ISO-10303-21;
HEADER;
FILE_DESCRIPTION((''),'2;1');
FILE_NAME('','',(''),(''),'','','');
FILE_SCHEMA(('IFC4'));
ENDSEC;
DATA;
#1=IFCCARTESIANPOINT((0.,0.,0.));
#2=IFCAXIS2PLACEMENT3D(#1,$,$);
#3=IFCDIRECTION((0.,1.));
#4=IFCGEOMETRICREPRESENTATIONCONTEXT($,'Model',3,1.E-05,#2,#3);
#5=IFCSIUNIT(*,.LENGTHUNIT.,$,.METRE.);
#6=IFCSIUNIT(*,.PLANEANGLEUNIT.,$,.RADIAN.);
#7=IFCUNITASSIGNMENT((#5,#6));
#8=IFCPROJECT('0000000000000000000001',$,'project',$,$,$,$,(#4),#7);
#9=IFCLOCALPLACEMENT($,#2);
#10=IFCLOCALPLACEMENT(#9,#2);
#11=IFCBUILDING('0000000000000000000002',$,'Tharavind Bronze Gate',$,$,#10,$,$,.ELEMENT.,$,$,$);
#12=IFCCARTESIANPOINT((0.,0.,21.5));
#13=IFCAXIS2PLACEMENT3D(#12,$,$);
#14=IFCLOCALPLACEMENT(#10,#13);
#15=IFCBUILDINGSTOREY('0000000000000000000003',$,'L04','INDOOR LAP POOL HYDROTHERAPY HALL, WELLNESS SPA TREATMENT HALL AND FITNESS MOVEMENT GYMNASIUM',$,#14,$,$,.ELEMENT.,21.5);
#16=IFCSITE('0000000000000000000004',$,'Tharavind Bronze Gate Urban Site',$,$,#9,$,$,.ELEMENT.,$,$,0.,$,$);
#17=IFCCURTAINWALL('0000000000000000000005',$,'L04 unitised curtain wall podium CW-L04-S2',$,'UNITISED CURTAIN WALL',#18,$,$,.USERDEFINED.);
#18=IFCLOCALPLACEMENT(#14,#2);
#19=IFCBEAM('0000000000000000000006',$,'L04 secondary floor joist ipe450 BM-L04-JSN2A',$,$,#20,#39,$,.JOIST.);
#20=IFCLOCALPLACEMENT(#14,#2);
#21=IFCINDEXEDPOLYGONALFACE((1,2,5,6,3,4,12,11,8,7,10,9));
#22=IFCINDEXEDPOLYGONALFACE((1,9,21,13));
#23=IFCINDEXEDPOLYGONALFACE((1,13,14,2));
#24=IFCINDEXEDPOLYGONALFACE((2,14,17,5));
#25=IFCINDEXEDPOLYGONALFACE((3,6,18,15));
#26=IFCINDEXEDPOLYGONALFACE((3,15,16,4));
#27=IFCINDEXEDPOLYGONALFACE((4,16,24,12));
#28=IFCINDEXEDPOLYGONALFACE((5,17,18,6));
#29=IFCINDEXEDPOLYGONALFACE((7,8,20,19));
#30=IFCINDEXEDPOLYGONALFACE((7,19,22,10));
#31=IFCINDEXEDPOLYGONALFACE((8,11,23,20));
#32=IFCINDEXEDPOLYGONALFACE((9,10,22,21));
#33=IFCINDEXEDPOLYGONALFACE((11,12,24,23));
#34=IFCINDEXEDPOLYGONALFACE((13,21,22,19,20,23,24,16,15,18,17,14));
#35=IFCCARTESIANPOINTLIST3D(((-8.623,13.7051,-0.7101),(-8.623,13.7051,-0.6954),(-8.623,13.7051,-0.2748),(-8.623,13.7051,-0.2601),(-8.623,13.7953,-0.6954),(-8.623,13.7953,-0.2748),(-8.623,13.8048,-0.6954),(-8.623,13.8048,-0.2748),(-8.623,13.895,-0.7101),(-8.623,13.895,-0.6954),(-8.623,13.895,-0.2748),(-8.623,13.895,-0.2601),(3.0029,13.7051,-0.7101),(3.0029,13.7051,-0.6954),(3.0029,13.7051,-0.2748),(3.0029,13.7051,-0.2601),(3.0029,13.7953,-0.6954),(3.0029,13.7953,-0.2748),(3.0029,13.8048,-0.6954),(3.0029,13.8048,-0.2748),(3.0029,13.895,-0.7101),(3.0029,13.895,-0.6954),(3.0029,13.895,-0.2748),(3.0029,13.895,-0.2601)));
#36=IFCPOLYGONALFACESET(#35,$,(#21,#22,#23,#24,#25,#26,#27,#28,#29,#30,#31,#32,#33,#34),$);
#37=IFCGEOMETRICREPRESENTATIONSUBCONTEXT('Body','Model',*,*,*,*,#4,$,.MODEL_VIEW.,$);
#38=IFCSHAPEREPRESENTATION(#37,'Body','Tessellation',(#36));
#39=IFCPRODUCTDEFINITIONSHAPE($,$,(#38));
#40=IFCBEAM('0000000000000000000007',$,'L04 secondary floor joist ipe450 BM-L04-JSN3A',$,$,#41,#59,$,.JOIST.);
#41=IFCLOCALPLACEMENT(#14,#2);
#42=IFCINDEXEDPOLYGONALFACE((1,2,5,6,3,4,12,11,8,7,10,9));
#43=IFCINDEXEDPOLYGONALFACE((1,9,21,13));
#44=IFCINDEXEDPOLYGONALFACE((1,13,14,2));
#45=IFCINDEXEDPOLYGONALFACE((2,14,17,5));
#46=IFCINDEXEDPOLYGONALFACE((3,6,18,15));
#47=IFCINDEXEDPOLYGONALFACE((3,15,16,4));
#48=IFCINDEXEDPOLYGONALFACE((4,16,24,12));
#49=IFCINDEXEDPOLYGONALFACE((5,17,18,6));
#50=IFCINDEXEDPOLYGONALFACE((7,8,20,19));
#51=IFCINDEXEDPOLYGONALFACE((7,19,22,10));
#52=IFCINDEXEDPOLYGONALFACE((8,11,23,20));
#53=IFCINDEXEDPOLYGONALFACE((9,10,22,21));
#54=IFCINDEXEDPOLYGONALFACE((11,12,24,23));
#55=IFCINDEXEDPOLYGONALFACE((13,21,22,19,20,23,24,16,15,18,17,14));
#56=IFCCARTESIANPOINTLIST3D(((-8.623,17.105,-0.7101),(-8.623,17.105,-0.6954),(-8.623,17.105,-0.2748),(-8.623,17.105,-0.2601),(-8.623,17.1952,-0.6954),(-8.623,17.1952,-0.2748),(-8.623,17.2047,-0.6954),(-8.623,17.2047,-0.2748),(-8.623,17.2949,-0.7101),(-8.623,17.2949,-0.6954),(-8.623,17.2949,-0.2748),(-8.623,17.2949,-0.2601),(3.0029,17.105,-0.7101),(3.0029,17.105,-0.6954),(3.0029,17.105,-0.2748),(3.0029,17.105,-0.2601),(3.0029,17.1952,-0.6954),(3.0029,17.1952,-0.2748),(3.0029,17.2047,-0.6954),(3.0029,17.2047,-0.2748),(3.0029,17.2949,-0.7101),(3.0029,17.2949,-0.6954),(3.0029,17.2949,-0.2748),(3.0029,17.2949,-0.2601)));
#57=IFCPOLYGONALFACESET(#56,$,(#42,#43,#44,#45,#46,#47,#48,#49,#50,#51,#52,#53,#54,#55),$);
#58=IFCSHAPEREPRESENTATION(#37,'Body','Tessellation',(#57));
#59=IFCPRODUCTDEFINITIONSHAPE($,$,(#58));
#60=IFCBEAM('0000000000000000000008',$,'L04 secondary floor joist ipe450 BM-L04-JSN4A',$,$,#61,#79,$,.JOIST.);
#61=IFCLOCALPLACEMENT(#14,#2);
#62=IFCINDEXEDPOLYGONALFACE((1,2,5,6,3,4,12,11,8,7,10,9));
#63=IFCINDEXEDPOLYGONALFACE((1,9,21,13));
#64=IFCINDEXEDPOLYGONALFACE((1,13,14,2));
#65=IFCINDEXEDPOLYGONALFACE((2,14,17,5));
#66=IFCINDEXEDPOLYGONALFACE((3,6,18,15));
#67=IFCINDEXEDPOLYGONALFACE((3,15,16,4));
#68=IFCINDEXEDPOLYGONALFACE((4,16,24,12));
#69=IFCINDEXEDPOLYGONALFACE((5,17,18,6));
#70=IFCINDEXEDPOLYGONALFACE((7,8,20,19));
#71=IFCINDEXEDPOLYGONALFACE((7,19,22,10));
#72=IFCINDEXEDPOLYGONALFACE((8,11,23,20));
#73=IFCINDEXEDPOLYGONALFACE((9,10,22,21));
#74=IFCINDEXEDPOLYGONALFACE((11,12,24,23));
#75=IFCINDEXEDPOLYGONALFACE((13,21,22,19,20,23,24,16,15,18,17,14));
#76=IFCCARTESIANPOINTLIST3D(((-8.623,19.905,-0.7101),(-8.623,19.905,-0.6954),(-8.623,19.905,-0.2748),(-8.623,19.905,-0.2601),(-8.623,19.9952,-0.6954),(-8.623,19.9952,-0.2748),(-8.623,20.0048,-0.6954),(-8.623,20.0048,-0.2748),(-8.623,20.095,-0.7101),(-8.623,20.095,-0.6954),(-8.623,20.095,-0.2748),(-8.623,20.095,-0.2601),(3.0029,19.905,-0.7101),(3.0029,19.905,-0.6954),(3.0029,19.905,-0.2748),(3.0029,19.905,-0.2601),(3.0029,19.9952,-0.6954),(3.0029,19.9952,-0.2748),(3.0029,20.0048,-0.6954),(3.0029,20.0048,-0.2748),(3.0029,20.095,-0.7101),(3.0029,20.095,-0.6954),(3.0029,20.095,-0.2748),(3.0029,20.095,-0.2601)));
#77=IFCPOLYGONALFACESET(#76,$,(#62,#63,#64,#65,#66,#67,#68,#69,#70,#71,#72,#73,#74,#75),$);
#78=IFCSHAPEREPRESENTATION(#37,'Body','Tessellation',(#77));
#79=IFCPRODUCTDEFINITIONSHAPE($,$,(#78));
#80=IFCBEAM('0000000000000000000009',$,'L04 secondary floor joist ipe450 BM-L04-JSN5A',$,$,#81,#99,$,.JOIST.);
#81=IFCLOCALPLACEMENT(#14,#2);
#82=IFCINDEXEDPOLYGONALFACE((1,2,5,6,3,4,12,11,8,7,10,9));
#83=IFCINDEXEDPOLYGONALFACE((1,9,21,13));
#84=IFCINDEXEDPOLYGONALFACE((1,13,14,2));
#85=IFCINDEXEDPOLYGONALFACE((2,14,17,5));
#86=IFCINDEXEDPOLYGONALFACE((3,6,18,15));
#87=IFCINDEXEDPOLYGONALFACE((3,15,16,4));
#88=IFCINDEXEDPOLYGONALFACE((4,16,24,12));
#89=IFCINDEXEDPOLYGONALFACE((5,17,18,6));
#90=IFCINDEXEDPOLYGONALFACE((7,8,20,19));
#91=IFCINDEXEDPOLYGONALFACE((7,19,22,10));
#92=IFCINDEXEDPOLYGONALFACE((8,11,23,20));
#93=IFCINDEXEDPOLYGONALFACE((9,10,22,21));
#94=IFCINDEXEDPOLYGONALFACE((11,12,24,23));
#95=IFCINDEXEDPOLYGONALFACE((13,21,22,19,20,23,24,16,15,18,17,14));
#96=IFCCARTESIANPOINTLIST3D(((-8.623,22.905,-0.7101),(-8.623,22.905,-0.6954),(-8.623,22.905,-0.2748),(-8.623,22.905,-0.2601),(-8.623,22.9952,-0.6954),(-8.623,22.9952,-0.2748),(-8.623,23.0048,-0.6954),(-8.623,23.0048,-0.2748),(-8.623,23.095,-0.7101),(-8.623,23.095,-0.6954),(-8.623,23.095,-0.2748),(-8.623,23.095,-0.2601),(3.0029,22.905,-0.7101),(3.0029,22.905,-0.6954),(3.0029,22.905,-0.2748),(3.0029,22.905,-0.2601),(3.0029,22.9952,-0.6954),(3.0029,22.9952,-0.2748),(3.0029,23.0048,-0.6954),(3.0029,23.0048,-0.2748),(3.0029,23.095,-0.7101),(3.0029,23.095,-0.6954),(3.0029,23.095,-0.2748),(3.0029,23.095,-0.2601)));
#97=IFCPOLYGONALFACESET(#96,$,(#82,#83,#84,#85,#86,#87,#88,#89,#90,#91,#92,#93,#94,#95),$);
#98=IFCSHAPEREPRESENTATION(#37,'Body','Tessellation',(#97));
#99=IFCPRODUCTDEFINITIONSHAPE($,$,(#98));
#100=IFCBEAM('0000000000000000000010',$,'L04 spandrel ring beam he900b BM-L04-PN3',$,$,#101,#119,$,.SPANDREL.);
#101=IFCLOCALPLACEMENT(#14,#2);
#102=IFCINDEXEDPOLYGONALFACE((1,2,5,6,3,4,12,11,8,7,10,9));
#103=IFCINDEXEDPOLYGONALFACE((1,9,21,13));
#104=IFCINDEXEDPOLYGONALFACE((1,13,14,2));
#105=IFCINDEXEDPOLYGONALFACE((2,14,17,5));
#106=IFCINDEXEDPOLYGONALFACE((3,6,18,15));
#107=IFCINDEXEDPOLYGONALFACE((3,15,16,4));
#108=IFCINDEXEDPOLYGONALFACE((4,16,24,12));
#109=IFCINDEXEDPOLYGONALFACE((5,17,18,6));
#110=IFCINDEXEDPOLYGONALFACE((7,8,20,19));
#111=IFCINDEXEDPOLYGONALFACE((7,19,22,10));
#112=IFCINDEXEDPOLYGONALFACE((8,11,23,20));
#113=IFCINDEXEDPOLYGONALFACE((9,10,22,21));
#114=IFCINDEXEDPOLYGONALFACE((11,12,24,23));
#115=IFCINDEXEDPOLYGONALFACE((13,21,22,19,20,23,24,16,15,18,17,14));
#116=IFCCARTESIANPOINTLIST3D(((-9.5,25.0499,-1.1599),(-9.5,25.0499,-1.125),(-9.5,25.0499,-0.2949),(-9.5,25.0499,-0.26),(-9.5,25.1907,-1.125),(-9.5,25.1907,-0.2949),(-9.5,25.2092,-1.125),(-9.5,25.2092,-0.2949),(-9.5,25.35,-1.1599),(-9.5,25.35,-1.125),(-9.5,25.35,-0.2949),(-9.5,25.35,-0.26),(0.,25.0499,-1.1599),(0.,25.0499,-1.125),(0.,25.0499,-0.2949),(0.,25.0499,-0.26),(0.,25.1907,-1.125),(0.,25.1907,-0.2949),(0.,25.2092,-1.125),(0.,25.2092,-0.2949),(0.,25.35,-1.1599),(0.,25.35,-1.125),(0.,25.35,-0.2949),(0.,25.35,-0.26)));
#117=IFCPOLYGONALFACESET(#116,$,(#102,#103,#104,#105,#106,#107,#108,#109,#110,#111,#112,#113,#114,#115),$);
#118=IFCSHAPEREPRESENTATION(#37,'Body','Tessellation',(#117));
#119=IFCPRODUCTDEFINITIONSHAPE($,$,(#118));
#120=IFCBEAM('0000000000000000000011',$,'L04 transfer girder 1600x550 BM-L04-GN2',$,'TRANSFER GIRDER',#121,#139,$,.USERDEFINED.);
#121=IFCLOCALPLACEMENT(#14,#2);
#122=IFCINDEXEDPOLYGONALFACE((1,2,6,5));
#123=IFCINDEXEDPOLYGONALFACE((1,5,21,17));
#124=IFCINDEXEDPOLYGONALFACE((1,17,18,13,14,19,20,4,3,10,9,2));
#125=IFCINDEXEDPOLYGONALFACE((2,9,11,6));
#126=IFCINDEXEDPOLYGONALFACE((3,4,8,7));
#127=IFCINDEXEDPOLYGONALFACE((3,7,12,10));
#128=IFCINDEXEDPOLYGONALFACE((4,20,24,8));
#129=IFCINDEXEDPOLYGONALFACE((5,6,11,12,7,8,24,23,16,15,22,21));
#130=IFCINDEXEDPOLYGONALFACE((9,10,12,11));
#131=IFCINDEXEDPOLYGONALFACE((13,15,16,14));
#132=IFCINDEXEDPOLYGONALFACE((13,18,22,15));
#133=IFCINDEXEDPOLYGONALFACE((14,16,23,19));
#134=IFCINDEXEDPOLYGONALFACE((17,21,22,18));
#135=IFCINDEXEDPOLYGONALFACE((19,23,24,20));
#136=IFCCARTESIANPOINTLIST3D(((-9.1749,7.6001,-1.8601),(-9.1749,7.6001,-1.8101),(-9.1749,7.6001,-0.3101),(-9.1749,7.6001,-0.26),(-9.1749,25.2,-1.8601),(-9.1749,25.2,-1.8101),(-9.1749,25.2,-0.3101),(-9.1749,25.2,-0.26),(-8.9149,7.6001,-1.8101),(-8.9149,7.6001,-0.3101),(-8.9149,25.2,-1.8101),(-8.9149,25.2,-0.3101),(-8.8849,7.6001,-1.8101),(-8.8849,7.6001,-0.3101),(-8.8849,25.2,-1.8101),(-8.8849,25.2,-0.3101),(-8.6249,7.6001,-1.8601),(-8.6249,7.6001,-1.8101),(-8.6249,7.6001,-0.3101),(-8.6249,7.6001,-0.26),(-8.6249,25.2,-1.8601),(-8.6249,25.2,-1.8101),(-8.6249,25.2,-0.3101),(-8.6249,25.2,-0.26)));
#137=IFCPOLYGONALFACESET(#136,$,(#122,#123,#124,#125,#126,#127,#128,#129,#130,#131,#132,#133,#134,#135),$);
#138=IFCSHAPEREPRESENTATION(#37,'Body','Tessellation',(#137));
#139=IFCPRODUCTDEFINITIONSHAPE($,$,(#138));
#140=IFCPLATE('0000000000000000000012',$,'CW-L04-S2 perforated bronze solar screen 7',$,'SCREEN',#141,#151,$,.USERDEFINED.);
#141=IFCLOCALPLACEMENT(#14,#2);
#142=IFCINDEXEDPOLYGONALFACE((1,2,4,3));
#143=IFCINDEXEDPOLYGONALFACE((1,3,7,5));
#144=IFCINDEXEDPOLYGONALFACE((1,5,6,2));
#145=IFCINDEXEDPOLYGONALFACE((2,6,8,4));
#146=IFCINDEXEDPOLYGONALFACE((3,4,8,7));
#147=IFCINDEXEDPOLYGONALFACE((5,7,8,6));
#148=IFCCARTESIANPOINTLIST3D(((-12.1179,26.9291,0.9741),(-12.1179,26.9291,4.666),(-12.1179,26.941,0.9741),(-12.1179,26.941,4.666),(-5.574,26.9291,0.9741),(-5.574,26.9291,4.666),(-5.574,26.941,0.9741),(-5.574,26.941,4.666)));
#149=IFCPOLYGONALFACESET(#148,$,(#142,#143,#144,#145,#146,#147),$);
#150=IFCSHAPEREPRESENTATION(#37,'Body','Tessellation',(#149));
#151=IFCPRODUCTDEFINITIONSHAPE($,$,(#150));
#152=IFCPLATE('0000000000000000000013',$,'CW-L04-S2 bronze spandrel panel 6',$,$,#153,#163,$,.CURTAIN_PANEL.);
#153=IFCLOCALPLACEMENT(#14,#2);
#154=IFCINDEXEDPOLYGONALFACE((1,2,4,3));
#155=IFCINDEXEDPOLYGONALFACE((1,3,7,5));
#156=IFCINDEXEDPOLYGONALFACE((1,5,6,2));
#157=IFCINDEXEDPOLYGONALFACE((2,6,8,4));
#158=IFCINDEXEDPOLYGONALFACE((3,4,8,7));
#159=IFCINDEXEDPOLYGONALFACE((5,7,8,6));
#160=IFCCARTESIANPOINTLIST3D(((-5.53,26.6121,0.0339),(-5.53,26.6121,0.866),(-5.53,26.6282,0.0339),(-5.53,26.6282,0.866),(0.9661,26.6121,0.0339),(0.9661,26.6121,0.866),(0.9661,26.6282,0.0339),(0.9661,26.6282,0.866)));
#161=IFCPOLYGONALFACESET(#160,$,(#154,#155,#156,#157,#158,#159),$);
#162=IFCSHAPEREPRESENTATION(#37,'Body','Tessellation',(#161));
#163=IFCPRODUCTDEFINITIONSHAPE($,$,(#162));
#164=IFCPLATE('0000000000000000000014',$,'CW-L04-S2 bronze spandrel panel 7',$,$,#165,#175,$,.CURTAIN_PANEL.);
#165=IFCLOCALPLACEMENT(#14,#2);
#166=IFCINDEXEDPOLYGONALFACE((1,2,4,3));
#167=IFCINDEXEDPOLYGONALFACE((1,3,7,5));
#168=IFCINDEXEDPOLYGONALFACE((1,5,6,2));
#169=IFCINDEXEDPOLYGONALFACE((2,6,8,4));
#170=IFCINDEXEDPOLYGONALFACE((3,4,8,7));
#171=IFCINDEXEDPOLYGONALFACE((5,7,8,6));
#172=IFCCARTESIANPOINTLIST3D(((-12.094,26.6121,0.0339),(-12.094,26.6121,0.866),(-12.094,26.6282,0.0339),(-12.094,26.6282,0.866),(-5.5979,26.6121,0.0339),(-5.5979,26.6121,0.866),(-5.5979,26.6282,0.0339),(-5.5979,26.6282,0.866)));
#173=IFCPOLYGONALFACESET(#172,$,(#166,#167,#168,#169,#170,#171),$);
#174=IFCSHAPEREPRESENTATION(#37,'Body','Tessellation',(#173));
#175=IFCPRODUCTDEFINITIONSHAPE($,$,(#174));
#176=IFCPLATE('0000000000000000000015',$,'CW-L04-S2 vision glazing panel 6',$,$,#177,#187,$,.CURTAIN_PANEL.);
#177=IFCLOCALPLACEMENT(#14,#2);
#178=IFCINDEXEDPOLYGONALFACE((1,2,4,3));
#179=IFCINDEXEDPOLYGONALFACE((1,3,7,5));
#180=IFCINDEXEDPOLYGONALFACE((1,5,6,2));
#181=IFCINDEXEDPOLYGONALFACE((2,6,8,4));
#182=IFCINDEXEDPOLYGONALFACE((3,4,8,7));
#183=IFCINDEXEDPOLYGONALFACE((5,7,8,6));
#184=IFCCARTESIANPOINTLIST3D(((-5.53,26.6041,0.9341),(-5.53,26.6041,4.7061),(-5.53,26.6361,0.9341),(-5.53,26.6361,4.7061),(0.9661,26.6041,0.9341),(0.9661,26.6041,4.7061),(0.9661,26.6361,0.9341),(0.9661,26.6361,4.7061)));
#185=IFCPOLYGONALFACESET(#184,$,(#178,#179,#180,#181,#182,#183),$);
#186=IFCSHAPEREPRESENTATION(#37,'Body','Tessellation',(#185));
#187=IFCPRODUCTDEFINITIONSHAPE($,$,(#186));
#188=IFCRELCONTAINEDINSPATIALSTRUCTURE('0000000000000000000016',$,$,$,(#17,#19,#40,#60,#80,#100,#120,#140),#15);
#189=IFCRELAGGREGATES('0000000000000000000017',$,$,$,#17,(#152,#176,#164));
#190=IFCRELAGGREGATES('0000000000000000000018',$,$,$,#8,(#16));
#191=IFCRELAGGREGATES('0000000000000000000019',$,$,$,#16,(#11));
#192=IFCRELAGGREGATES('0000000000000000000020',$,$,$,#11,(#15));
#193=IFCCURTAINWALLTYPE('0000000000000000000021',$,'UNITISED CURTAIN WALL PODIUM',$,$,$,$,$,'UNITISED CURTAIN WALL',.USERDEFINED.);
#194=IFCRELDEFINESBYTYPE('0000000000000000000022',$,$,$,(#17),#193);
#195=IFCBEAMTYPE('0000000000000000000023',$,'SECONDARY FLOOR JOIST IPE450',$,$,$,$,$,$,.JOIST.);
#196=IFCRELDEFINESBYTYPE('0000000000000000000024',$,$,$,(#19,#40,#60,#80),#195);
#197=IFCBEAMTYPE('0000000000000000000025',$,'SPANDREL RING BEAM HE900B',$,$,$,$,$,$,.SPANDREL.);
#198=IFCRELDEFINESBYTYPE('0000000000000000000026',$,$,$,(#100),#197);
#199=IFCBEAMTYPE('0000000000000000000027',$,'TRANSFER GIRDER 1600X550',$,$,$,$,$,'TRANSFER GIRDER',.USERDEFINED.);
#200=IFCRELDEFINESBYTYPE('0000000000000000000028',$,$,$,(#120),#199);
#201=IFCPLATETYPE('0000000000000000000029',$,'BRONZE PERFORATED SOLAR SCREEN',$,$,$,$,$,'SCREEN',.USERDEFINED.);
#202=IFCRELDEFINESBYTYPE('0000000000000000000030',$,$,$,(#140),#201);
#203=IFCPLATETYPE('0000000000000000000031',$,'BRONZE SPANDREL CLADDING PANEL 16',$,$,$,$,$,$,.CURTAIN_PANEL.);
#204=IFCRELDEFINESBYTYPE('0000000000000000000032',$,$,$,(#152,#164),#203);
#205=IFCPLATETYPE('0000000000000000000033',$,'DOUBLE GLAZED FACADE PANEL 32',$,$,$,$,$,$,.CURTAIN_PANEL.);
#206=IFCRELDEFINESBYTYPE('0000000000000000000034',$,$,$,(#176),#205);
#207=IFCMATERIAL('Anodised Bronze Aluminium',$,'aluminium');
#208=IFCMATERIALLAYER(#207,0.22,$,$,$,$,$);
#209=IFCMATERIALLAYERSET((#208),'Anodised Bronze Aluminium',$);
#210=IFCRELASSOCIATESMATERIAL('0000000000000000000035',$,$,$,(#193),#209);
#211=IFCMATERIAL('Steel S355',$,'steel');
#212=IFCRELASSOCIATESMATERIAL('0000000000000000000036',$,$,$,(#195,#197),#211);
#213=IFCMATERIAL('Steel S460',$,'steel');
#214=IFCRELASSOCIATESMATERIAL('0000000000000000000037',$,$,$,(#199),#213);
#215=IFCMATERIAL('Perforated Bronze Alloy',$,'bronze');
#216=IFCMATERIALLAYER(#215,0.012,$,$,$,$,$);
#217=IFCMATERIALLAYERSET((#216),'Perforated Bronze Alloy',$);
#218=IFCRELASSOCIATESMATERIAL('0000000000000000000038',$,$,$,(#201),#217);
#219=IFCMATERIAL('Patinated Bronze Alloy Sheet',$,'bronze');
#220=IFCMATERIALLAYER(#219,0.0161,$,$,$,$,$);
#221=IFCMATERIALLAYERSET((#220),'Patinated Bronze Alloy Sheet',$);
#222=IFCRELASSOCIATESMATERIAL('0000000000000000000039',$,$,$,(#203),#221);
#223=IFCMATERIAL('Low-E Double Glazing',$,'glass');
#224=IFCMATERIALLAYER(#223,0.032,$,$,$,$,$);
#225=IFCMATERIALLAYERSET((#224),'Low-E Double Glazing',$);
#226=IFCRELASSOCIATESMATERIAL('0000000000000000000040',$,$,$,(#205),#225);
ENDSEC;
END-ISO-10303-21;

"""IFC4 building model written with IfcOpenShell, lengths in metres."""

from ifc_helpers import new_model, si_unit, direction, frame, origin, origin_2d, place, context, subcontext, project, spatial, rectangle, i_section, extrude, material, layer, layer_set, material_profile, profile_set, type_object, element, aggregate, save


model = new_model("IFC4")

# Units and contexts
model_context = context("Model", 3, precision=1e-05, world=origin(), true_north=direction((0.0, 1.0)))
body_context = subcontext(model_context, "Body", "Model", "MODEL_VIEW")
ifc_project = project(units=[si_unit("LENGTHUNIT", "METRE"), si_unit("PLANEANGLEUNIT", "RADIAN")], contexts=[model_context])

# Site, building, storey
site_placement = place(None, origin())
site = spatial("IfcSite", under=ifc_project, at=site_placement, Name="Tharavind Bronze Gate Urban Site", CompositionType="ELEMENT", RefElevation=0.0)
building_placement = place(site_placement, origin())
building = spatial("IfcBuilding", under=site, at=building_placement, Name="Tharavind Bronze Gate", CompositionType="ELEMENT")
storey_placement = place(building_placement, frame((0.0, 0.0, 21.5)))
storey = spatial("IfcBuildingStorey", under=building, at=storey_placement, Name="L04", Description="INDOOR LAP POOL HYDROTHERAPY HALL, WELLNESS SPA TREATMENT HALL AND FITNESS MOVEMENT GYMNASIUM", CompositionType="ELEMENT", Elevation=21.5)

# Shared definitions
ifc_material_1 = material(Name="Steel S460", Category="steel")

# Curtain wall
ifc_material_2 = material(Name="Anodised Bronze Aluminium", Category="aluminium")
ifc_layer_1 = layer(ifc_material_2, 0.22)
ifc_layer_set_1 = layer_set([ifc_layer_1], Name="Anodised Bronze Aluminium")
curtain_wall_type = type_object("IfcCurtainWallType", Name="UNITISED CURTAIN WALL PODIUM", ElementType="UNITISED CURTAIN WALL", PredefinedType="USERDEFINED", material=ifc_layer_set_1)
curtain_wall_placement = place(storey_placement, origin())
curtain_wall = element("IfcCurtainWall", 1, at=curtain_wall_placement, inside=storey, type_object=curtain_wall_type, Name="L04 unitised curtain wall podium CW-L04-S2", ObjectType="UNITISED CURTAIN WALL", PredefinedType="USERDEFINED")

# Beams
ifc_material_3 = material(Name="Steel S355", Category="steel")
ifc_material_profile_1 = material_profile(ifc_material_3, i_section(OverallWidth=0.1899, OverallDepth=0.45, WebThickness=0.0095, FlangeThickness=0.0146, at=origin_2d()), Name="IPE450")
ifc_profile_set_1 = profile_set([ifc_material_profile_1], Name="Steel S355")
beam_type_1 = type_object("IfcBeamType", Name="SECONDARY FLOOR JOIST IPE450", PredefinedType="JOIST", material=ifc_profile_set_1)
for number, where, z_axis, x_axis, name in (
    (2, (-8.623, 13.8, -0.4851), (1.0, 0.0, 0.0), (0.0, 1.0, 0.0), "L04 secondary floor joist ipe450 BM-L04-JSN2A"),
    (3, (-8.623, 17.2, -0.4851), (1.0, 0.0, 0.0), (0.0, 1.0, 0.0), "L04 secondary floor joist ipe450 BM-L04-JSN3A"),
    (4, (-8.623, 20.0, -0.4851), (1.0, 0.0, 0.0), (0.0, 1.0, 0.0), "L04 secondary floor joist ipe450 BM-L04-JSN4A"),
    (5, (-8.623, 23.0, -0.4851), (1.0, 0.0, 0.0), (0.0, 1.0, 0.0), "L04 secondary floor joist ipe450 BM-L04-JSN5A"),
):
    element("IfcBeam", number, at=place(storey_placement, frame(where, z_axis=z_axis, x_axis=x_axis)), inside=storey, type_object=beam_type_1, Name=name, PredefinedType="JOIST", context=body_context, shape_type="SweptSolid", body=[
        extrude(i_section(OverallWidth=0.1899, OverallDepth=0.45, WebThickness=0.0095, FlangeThickness=0.0146, at=origin_2d()), origin(), (0.0, 0.0, 1.0), 11.626),
    ])
ifc_material_profile_2 = material_profile(ifc_material_3, i_section(OverallWidth=0.3, OverallDepth=0.8999, WebThickness=0.0186, FlangeThickness=0.0349, at=origin_2d()), Name="HE900B")
ifc_profile_set_2 = profile_set([ifc_material_profile_2], Name="Steel S355")
beam_type_2 = type_object("IfcBeamType", Name="SPANDREL RING BEAM HE900B", PredefinedType="SPANDREL", material=ifc_profile_set_2)
beam_1_placement = place(storey_placement, frame((-9.5, 25.2, -0.71), z_axis=(1.0, 0.0, 0.0), x_axis=(0.0, 1.0, 0.0)))
element("IfcBeam", 6, at=beam_1_placement, inside=storey, type_object=beam_type_2, Name="L04 spandrel ring beam he900b BM-L04-PN3", PredefinedType="SPANDREL", context=body_context, shape_type="SweptSolid", body=[
    extrude(i_section(OverallWidth=0.3, OverallDepth=0.8999, WebThickness=0.0186, FlangeThickness=0.0349, at=origin_2d()), origin(), (0.0, 0.0, 1.0), 9.5),
])
ifc_material_profile_3 = material_profile(ifc_material_1, i_section(OverallWidth=0.55, OverallDepth=1.6001, WebThickness=0.03, FlangeThickness=0.05, at=origin_2d()), Name="PG1600X550")
ifc_profile_set_3 = profile_set([ifc_material_profile_3], Name="Steel S460")
beam_type_3 = type_object("IfcBeamType", Name="TRANSFER GIRDER 1600X550", ElementType="TRANSFER GIRDER", PredefinedType="USERDEFINED", material=ifc_profile_set_3)
beam_2_placement = place(storey_placement, frame((-8.8999, 25.2, -1.0601), z_axis=(0.0, -1.0, 0.0), x_axis=(1.0, 0.0, 0.0)))
element("IfcBeam", 7, at=beam_2_placement, inside=storey, type_object=beam_type_3, Name="L04 transfer girder 1600x550 BM-L04-GN2", ObjectType="TRANSFER GIRDER", PredefinedType="USERDEFINED", context=body_context, shape_type="SweptSolid", body=[
    extrude(i_section(OverallWidth=0.55, OverallDepth=1.6001, WebThickness=0.03, FlangeThickness=0.05, at=origin_2d()), origin(), (0.0, 0.0, 1.0), 17.5999),
])

# Plates
ifc_material_4 = material(Name="Perforated Bronze Alloy", Category="bronze")
ifc_layer_2 = layer(ifc_material_4, 0.012)
ifc_layer_set_2 = layer_set([ifc_layer_2], Name="Perforated Bronze Alloy")
plate_type_1 = type_object("IfcPlateType", Name="BRONZE PERFORATED SOLAR SCREEN", ElementType="SCREEN", PredefinedType="USERDEFINED", material=ifc_layer_set_2)
plate_1_placement = place(storey_placement, frame((-8.8459, 26.9351, 0.9741), z_axis=(0.0, 0.0, 1.0), x_axis=(-1.0, 0.0, 0.0)))
element("IfcPlate", 8, at=plate_1_placement, inside=storey, type_object=plate_type_1, Name="CW-L04-S2 perforated bronze solar screen 7", ObjectType="SCREEN", PredefinedType="USERDEFINED", context=body_context, shape_type="SweptSolid", body=[
    extrude(rectangle(XDim=6.5439, YDim=0.012, at=origin_2d()), origin(), (0.0, 0.0, 1.0), 3.6919),
])
ifc_material_5 = material(Name="Patinated Bronze Alloy Sheet", Category="bronze")
ifc_layer_3 = layer(ifc_material_5, 0.0161)
ifc_layer_set_3 = layer_set([ifc_layer_3], Name="Patinated Bronze Alloy Sheet")
plate_type_2 = type_object("IfcPlateType", Name="BRONZE SPANDREL CLADDING PANEL 16", PredefinedType="CURTAIN_PANEL", material=ifc_layer_set_3)
plate_2_placement = place(storey_placement, frame((-2.282, 26.6201, 0.0339), z_axis=(0.0, 0.0, 1.0), x_axis=(-1.0, 0.0, 0.0)))
plate_2 = element("IfcPlate", 9, at=plate_2_placement, type_object=plate_type_2, Name="CW-L04-S2 bronze spandrel panel 6", PredefinedType="CURTAIN_PANEL", context=body_context, shape_type="SweptSolid", body=[
    extrude(rectangle(XDim=6.4961, YDim=0.0161, at=origin_2d()), origin(), (0.0, 0.0, 1.0), 0.832),
])
plate_3_placement = place(storey_placement, frame((-8.8459, 26.6201, 0.0339), z_axis=(0.0, 0.0, 1.0), x_axis=(-1.0, 0.0, 0.0)))
plate_3 = element("IfcPlate", 10, at=plate_3_placement, type_object=plate_type_2, Name="CW-L04-S2 bronze spandrel panel 7", PredefinedType="CURTAIN_PANEL", context=body_context, shape_type="SweptSolid", body=[
    extrude(rectangle(XDim=6.4961, YDim=0.0161, at=origin_2d()), origin(), (0.0, 0.0, 1.0), 0.832),
])
ifc_material_6 = material(Name="Low-E Double Glazing", Category="glass")
ifc_layer_4 = layer(ifc_material_6, 0.032)
ifc_layer_set_4 = layer_set([ifc_layer_4], Name="Low-E Double Glazing")
plate_type_3 = type_object("IfcPlateType", Name="DOUBLE GLAZED FACADE PANEL 32", PredefinedType="CURTAIN_PANEL", material=ifc_layer_set_4)
plate_4_placement = place(storey_placement, frame((-2.282, 26.6201, 0.9341), z_axis=(0.0, 0.0, 1.0), x_axis=(-1.0, 0.0, 0.0)))
plate_4 = element("IfcPlate", 11, at=plate_4_placement, type_object=plate_type_3, Name="CW-L04-S2 vision glazing panel 6", PredefinedType="CURTAIN_PANEL", context=body_context, shape_type="SweptSolid", body=[
    extrude(rectangle(XDim=6.4961, YDim=0.032, at=origin_2d()), origin(), (0.0, 0.0, 1.0), 3.772),
])
aggregate(curtain_wall, [plate_2, plate_4, plate_3])

save(model, "model.ifc")
